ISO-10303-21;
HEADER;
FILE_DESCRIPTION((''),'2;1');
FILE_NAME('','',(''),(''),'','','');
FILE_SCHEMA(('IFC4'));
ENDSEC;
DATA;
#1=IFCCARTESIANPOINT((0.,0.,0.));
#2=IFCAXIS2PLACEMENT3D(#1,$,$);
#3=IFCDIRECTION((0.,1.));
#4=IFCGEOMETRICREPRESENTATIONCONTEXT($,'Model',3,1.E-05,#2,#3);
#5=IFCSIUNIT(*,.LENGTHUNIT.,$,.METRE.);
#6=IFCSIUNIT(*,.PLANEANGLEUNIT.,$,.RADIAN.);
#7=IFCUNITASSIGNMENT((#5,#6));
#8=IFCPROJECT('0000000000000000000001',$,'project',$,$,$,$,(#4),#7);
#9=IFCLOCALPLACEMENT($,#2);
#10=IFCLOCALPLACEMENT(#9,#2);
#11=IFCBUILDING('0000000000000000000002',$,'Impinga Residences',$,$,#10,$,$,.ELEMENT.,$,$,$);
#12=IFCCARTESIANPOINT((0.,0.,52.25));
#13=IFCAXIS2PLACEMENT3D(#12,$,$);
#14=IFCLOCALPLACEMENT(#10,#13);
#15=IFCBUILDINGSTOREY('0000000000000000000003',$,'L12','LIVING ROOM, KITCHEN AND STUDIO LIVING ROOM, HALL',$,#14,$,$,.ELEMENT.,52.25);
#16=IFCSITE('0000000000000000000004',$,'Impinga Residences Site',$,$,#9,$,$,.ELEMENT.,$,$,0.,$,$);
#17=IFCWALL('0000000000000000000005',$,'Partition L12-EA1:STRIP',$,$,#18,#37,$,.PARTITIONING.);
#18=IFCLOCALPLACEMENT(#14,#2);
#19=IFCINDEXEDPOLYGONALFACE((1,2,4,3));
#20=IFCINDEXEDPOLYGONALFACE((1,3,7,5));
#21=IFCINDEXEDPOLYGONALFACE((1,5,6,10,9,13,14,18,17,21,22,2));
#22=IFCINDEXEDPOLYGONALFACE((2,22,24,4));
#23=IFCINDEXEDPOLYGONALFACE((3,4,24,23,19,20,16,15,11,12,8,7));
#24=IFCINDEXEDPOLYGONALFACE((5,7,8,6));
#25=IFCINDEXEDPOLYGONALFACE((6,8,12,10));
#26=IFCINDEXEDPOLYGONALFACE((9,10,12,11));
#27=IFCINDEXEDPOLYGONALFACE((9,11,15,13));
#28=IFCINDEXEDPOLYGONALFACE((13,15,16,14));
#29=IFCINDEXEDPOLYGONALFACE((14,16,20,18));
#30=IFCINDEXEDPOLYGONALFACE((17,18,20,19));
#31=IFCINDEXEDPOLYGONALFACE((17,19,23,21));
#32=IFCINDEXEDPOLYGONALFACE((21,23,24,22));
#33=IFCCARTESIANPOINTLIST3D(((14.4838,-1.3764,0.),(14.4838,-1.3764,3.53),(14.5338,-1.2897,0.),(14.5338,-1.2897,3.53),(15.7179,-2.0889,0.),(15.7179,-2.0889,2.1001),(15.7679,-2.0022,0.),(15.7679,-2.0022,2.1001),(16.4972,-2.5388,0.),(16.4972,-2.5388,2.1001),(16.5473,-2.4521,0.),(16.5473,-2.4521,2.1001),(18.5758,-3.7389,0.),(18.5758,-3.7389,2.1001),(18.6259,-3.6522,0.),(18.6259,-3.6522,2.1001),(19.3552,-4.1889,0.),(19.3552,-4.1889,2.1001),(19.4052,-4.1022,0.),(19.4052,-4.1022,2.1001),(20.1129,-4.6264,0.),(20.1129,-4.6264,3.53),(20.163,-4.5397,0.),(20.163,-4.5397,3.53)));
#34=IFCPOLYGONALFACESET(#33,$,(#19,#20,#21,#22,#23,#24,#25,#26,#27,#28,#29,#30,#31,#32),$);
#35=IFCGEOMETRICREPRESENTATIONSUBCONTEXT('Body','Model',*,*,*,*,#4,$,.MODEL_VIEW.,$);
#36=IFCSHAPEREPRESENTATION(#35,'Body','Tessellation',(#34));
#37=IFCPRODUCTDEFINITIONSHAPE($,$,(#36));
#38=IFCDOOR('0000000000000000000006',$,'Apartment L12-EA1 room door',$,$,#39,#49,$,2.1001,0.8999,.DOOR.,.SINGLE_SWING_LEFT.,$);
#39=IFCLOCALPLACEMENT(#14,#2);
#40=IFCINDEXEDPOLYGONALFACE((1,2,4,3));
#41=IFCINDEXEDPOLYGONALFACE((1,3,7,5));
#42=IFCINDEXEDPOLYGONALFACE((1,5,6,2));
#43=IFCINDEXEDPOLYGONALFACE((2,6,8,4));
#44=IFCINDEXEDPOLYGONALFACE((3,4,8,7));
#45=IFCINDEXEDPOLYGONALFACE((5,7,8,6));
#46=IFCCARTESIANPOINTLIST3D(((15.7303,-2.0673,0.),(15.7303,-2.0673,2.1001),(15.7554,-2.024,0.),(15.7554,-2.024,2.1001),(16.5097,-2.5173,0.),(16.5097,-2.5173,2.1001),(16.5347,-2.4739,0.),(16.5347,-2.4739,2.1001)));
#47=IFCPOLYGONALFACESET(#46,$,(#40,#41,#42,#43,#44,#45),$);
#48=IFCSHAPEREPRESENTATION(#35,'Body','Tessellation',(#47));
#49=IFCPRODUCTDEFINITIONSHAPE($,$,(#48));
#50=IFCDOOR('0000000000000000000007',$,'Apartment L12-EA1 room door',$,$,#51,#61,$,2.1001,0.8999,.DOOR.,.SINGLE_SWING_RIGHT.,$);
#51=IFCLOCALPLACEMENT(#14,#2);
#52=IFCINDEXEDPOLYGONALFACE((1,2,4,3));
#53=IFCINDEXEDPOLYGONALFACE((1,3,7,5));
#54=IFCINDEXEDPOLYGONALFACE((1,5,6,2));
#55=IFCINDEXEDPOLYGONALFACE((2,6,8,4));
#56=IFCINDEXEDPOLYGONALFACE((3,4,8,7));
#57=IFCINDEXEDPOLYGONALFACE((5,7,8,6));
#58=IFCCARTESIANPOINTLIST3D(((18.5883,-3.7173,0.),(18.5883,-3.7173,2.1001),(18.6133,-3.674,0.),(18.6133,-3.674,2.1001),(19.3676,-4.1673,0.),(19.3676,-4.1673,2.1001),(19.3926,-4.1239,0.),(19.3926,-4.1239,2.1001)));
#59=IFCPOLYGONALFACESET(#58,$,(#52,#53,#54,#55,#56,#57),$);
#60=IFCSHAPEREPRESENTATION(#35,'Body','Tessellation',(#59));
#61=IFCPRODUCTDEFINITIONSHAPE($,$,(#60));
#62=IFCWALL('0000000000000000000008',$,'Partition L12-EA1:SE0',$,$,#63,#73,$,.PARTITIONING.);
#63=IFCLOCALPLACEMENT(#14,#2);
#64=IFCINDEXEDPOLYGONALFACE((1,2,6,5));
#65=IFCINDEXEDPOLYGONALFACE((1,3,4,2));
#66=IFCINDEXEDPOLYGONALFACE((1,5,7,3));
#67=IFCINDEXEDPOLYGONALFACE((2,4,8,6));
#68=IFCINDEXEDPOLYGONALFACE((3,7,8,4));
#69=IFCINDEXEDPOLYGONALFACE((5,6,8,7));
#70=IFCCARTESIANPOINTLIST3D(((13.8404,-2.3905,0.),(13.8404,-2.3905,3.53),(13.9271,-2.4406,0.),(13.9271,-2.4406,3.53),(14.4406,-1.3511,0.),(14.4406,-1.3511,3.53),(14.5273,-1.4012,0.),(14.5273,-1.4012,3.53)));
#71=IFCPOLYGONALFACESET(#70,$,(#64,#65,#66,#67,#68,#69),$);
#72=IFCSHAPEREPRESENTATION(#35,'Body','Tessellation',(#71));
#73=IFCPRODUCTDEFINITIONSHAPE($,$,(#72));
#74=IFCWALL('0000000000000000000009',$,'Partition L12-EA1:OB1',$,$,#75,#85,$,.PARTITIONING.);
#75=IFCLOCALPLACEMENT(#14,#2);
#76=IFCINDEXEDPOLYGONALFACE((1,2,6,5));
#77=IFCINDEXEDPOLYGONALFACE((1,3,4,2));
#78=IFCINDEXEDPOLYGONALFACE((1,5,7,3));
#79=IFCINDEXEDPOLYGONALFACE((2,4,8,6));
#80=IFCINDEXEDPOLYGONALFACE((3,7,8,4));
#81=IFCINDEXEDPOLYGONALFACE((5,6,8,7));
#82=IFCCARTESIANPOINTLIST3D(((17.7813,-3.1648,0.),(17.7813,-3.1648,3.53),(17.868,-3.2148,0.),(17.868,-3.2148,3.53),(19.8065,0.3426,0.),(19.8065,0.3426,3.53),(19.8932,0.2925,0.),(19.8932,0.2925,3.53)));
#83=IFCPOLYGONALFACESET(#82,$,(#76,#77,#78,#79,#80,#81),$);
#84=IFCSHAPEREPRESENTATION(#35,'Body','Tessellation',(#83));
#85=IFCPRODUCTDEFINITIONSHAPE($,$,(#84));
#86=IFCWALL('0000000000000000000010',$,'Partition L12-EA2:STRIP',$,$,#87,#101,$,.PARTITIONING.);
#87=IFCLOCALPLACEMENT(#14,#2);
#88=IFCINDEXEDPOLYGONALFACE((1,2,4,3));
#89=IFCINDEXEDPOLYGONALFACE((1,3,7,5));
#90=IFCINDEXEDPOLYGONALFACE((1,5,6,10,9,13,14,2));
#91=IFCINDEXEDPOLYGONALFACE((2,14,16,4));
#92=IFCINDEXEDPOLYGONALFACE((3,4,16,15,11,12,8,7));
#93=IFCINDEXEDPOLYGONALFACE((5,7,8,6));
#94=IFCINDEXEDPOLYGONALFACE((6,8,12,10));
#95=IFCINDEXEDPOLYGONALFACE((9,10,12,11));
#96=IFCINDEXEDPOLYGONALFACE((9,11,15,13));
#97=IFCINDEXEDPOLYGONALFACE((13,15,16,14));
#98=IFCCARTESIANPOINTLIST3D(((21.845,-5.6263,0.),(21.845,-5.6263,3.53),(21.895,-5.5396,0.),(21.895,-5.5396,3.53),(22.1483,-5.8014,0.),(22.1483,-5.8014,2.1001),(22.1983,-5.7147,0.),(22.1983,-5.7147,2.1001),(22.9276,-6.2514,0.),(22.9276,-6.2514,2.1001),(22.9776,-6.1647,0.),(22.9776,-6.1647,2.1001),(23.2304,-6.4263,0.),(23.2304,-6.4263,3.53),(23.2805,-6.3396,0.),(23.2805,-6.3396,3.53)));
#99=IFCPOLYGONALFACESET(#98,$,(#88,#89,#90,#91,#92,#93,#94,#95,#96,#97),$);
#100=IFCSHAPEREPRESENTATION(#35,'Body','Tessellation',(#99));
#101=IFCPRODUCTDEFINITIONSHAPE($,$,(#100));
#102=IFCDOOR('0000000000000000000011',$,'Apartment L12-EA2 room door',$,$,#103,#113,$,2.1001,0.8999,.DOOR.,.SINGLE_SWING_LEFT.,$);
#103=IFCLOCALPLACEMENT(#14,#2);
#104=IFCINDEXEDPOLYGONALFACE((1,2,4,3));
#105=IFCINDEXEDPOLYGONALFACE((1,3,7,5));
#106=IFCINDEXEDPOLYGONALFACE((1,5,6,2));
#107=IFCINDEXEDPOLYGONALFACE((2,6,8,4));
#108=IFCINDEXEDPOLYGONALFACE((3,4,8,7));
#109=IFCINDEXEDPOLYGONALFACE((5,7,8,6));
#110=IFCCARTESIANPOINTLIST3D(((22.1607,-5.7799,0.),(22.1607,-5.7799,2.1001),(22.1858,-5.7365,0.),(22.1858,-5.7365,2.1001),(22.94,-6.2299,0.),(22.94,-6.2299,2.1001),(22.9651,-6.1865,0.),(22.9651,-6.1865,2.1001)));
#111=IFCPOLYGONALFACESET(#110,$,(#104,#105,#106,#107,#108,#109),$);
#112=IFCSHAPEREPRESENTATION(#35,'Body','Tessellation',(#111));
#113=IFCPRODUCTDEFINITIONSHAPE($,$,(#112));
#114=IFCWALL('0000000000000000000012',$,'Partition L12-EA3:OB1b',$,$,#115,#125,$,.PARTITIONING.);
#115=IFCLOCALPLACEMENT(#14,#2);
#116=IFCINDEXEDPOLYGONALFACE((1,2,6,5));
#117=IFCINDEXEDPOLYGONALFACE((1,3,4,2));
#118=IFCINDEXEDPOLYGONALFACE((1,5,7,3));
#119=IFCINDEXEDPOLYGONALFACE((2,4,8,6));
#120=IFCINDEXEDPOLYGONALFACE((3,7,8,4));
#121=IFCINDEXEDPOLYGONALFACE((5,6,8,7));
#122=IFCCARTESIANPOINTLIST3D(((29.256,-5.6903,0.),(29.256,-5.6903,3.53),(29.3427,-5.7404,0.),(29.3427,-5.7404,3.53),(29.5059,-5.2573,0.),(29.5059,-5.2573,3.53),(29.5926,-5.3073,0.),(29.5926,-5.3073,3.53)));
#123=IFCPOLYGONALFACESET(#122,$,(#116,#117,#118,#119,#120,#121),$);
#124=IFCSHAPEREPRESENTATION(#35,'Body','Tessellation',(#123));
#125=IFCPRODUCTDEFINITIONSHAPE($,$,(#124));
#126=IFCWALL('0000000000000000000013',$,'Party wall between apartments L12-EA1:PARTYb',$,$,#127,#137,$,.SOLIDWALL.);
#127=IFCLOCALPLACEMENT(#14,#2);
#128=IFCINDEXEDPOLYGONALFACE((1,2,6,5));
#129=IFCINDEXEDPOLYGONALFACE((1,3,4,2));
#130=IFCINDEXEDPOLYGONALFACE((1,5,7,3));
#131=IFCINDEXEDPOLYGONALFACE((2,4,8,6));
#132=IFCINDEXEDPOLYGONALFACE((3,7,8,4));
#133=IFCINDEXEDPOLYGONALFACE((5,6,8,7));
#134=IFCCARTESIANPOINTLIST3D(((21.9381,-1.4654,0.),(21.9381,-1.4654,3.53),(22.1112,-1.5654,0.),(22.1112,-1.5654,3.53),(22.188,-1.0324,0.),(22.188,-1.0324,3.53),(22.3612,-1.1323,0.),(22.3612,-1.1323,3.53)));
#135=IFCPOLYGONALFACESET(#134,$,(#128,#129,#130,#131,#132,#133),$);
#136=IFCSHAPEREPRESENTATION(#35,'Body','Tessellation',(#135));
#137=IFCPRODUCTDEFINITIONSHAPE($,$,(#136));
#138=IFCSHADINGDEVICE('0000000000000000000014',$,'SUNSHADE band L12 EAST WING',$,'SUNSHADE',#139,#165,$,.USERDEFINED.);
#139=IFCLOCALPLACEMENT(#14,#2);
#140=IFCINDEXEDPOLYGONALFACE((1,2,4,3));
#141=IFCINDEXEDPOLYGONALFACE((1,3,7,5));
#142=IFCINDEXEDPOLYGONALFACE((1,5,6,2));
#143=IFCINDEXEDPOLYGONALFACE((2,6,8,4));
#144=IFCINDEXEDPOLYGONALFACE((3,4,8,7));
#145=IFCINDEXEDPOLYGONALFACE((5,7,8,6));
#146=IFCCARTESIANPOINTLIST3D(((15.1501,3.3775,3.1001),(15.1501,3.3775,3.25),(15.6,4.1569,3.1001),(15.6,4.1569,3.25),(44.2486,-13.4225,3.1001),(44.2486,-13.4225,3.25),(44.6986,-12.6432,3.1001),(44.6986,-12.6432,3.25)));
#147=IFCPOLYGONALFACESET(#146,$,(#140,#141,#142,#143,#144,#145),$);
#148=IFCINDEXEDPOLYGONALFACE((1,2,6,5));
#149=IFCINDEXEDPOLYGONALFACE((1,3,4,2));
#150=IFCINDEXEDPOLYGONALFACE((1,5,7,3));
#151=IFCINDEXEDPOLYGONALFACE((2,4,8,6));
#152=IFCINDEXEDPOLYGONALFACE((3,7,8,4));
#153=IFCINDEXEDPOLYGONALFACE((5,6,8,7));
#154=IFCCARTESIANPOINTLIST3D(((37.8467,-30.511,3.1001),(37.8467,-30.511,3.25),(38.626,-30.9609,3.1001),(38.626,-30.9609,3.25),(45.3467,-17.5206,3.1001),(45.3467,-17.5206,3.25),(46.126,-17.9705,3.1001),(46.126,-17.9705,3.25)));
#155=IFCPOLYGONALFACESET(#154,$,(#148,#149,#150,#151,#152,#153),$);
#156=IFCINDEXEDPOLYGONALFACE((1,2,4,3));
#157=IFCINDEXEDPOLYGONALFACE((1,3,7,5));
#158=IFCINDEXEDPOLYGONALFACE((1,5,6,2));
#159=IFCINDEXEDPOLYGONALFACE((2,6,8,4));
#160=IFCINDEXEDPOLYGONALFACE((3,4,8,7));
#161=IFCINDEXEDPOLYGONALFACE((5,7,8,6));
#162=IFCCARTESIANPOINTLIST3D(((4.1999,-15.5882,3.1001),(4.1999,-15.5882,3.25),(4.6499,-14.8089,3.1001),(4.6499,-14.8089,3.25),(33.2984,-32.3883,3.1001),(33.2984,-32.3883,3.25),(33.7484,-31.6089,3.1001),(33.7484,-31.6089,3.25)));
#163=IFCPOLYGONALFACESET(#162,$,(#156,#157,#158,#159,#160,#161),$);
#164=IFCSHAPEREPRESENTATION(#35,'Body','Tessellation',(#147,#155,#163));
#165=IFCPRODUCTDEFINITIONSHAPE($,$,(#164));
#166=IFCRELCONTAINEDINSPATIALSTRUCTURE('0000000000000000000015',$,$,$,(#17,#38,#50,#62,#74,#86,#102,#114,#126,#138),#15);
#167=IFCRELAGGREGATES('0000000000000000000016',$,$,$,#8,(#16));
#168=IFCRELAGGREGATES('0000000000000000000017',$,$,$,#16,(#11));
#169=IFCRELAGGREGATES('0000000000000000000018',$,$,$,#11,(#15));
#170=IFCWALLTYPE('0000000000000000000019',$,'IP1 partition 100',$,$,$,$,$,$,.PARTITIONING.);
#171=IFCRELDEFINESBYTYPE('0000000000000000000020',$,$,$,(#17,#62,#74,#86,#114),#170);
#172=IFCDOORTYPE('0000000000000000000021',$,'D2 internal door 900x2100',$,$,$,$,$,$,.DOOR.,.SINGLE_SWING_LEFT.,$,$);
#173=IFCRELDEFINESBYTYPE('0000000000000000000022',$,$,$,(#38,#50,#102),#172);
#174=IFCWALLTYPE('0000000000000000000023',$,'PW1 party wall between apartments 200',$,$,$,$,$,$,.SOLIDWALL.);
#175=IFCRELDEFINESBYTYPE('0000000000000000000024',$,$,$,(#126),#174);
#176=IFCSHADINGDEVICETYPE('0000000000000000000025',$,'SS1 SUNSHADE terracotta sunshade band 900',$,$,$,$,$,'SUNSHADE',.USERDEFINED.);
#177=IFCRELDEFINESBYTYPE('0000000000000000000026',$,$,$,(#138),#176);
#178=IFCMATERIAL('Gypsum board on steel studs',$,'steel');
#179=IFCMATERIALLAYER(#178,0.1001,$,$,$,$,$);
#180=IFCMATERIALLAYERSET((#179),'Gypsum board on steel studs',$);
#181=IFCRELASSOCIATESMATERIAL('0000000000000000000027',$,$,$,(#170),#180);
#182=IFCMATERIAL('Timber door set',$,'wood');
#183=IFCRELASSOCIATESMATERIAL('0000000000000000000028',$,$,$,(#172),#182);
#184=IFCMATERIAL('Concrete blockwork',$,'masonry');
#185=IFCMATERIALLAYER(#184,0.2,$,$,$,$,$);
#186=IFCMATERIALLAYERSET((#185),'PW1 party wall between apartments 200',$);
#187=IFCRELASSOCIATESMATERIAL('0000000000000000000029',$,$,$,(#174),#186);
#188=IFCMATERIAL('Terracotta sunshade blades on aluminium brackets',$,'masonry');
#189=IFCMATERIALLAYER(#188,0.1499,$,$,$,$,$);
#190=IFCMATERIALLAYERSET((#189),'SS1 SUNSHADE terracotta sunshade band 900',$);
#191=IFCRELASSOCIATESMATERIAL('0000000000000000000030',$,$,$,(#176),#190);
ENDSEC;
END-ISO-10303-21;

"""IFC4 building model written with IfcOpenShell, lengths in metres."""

from ifc_helpers import new_model, si_unit, direction, frame, frame_2d, origin, origin_2d, place, context, subcontext, project, spatial, rectangle, extrude, material, layer, layer_set, type_object, element, fill, save


model = new_model("IFC4")

# Units and contexts
model_context = context("Model", 3, precision=1e-05, world=origin(), true_north=direction((0.0, 1.0)))
body_context = subcontext(model_context, "Body", "Model", "MODEL_VIEW")
ifc_project = project(units=[si_unit("LENGTHUNIT", "METRE"), si_unit("PLANEANGLEUNIT", "RADIAN")], contexts=[model_context])

# Site, building, storey
site_placement = place(None, origin())
site = spatial("IfcSite", under=ifc_project, at=site_placement, Name="Impinga Residences Site", CompositionType="ELEMENT", RefElevation=0.0)
building_placement = place(site_placement, origin())
building = spatial("IfcBuilding", under=site, at=building_placement, Name="Impinga Residences", CompositionType="ELEMENT")
storey_placement = place(building_placement, frame((0.0, 0.0, 52.25)))
storey = spatial("IfcBuildingStorey", under=building, at=storey_placement, Name="L12", Description="LIVING ROOM, KITCHEN AND STUDIO LIVING ROOM, HALL", CompositionType="ELEMENT", Elevation=52.25)

# Shared definitions
ifc_material_1 = material(Name="Gypsum board on steel studs", Category="steel")
ifc_layer_1 = layer(ifc_material_1, 0.1001)
ifc_layer_set_1 = layer_set([ifc_layer_1], Name="Gypsum board on steel studs")
wall_type_1 = type_object("IfcWallType", Name="IP1 partition 100", PredefinedType="PARTITIONING", material=ifc_layer_set_1)

# Wall, openings, doors
wall_1_placement = place(storey_placement, frame((14.5088, -1.333, 0.0), z_axis=(0.0, 0.0, 1.0), x_axis=(0.866025, -0.500001, 0.0)))
wall_1 = element("IfcWall", 1, at=wall_1_placement, inside=storey, type_object=wall_type_1, Name="Partition L12-EA1:STRIP", PredefinedType="PARTITIONING", context=body_context, shape_type="SweptSolid", body=[
    extrude(rectangle(XDim=6.5, YDim=0.1001, at=frame_2d((3.25, 0.0))), origin(), (0.0, 0.0, 1.0), 3.53),
])
opening_1_placement = place(wall_1_placement, frame((1.425, 0.0, 0.0)))
opening_1 = element("IfcOpeningElement", 2, at=opening_1_placement, cuts=wall_1, PredefinedType="OPENING", context=body_context, shape_type="SweptSolid", body=[
    extrude(rectangle(XDim=0.8999, YDim=2.1001, at=frame_2d((0.45, 1.05))), frame((0.0, 0.0601, 0.0), z_axis=(0.0, -1.0, 0.0), x_axis=(1.0, 0.0, 0.0)), (0.0, 0.0, 1.0), 0.1201),
])
opening_2_placement = place(wall_1_placement, frame((4.7251, 0.0, 0.0)))
opening_2 = element("IfcOpeningElement", 3, at=opening_2_placement, cuts=wall_1, PredefinedType="OPENING", context=body_context, shape_type="SweptSolid", body=[
    extrude(rectangle(XDim=0.8999, YDim=2.1001, at=frame_2d((0.45, 1.05))), frame((0.0, 0.0601, 0.0), z_axis=(0.0, -1.0, 0.0), x_axis=(1.0, 0.0, 0.0)), (0.0, 0.0, 1.0), 0.1201),
])
ifc_material_2 = material(Name="Timber door set", Category="wood")
door_type = type_object("IfcDoorType", Name="D2 internal door 900x2100", OperationType="SINGLE_SWING_LEFT", PredefinedType="DOOR", material=ifc_material_2)
door_1_placement = place(opening_1_placement, origin())
door_1 = element("IfcDoor", 4, at=door_1_placement, inside=storey, type_object=door_type, Name="Apartment L12-EA1 room door", OperationType="SINGLE_SWING_LEFT", OverallHeight=2.1001, OverallWidth=0.8999, PredefinedType="DOOR", context=body_context, shape_type="SweptSolid", body=[
    extrude(rectangle(XDim=0.8999, YDim=2.1001, at=frame_2d((0.45, 1.05))), frame((0.0, 0.0249, 0.0), z_axis=(0.0, -1.0, 0.0), x_axis=(1.0, 0.0, 0.0)), (0.0, 0.0, 1.0), 0.05),
])
fill(opening_1, door_1)
door_2_placement = place(opening_2_placement, origin())
door_2 = element("IfcDoor", 5, at=door_2_placement, inside=storey, type_object=door_type, Name="Apartment L12-EA1 room door", OperationType="SINGLE_SWING_RIGHT", OverallHeight=2.1001, OverallWidth=0.8999, PredefinedType="DOOR", context=body_context, shape_type="SweptSolid", body=[
    extrude(rectangle(XDim=0.8999, YDim=2.1001, at=frame_2d((0.45, 1.05))), frame((0.0, 0.0249, 0.0), z_axis=(0.0, -1.0, 0.0), x_axis=(1.0, 0.0, 0.0)), (0.0, 0.0, 1.0), 0.05),
])
fill(opening_2, door_2)

# Walls
wall_2_placement = place(storey_placement, frame((13.8838, -2.4155, 0.0), z_axis=(0.0, 0.0, 1.0), x_axis=(0.500034, 0.866006, 0.0)))
element("IfcWall", 6, at=wall_2_placement, inside=storey, type_object=wall_type_1, Name="Partition L12-EA1:SE0", PredefinedType="PARTITIONING", context=body_context, shape_type="SweptSolid", body=[
    extrude(rectangle(XDim=1.2002, YDim=0.1001, at=frame_2d((0.6001, 0.0))), origin(), (0.0, 0.0, 1.0), 3.53),
])
wall_3_placement = place(storey_placement, frame((17.8247, -3.1897, 0.0), z_axis=(0.0, 0.0, 1.0), x_axis=(0.500036, 0.866005, 0.0)))
element("IfcWall", 7, at=wall_3_placement, inside=storey, type_object=wall_type_1, Name="Partition L12-EA1:OB1", PredefinedType="PARTITIONING", context=body_context, shape_type="SweptSolid", body=[
    extrude(rectangle(XDim=4.05, YDim=0.1001, at=frame_2d((2.0249, 0.0))), origin(), (0.0, 0.0, 1.0), 3.53),
])

# Wall, opening, door
wall_4_placement = place(storey_placement, frame((21.8701, -5.583, 0.0), z_axis=(0.0, 0.0, 1.0), x_axis=(0.86599, -0.500061, 0.0)))
wall_4 = element("IfcWall", 8, at=wall_4_placement, inside=storey, type_object=wall_type_1, Name="Partition L12-EA2:STRIP", PredefinedType="PARTITIONING", context=body_context, shape_type="SweptSolid", body=[
    extrude(rectangle(XDim=1.5999, YDim=0.1001, at=frame_2d((0.7998, 0.0))), origin(), (0.0, 0.0, 1.0), 3.53),
])
opening_3_placement = place(wall_4_placement, frame((0.3501, 0.0, 0.0)))
opening_3 = element("IfcOpeningElement", 9, at=opening_3_placement, cuts=wall_4, PredefinedType="OPENING", context=body_context, shape_type="SweptSolid", body=[
    extrude(rectangle(XDim=0.8999, YDim=2.1001, at=frame_2d((0.45, 1.05))), frame((0.0, 0.0601, 0.0), z_axis=(0.0, -1.0, 0.0), x_axis=(1.0, 0.0, 0.0)), (0.0, 0.0, 1.0), 0.1201),
])
door_3_placement = place(opening_3_placement, origin())
door_3 = element("IfcDoor", 10, at=door_3_placement, inside=storey, type_object=door_type, Name="Apartment L12-EA2 room door", OperationType="SINGLE_SWING_LEFT", OverallHeight=2.1001, OverallWidth=0.8999, PredefinedType="DOOR", context=body_context, shape_type="SweptSolid", body=[
    extrude(rectangle(XDim=0.8999, YDim=2.1001, at=frame_2d((0.45, 1.05))), frame((0.0, 0.0249, 0.0), z_axis=(0.0, -1.0, 0.0), x_axis=(1.0, 0.0, 0.0)), (0.0, 0.0, 1.0), 0.05),
])
fill(opening_3, door_3)

# Walls
wall_5_placement = place(storey_placement, frame((29.2993, -5.7153, 0.0), z_axis=(0.0, 0.0, 1.0), x_axis=(0.49992, 0.866072, 0.0)))
element("IfcWall", 11, at=wall_5_placement, inside=storey, type_object=wall_type_1, Name="Partition L12-EA3:OB1b", PredefinedType="PARTITIONING", context=body_context, shape_type="SweptSolid", body=[
    extrude(rectangle(XDim=0.5, YDim=0.1001, at=frame_2d((0.25, 0.0))), origin(), (0.0, 0.0, 1.0), 3.53),
])
ifc_material_3 = material(Name="Concrete blockwork", Category="masonry")
ifc_layer_2 = layer(ifc_material_3, 0.2)
ifc_layer_set_2 = layer_set([ifc_layer_2], Name="PW1 party wall between apartments 200")
wall_type_2 = type_object("IfcWallType", Name="PW1 party wall between apartments 200", PredefinedType="SOLIDWALL", material=ifc_layer_set_2)
wall_6_placement = place(storey_placement, frame((22.0247, -1.5154, 0.0), z_axis=(0.0, 0.0, 1.0), x_axis=(0.49992, 0.866072, 0.0)))
element("IfcWall", 12, at=wall_6_placement, inside=storey, type_object=wall_type_2, Name="Party wall between apartments L12-EA1:PARTYb", PredefinedType="SOLIDWALL", context=body_context, shape_type="SweptSolid", body=[
    extrude(rectangle(XDim=0.5, YDim=0.2, at=frame_2d((0.25, 0.0))), origin(), (0.0, 0.0, 1.0), 3.53),
])

# Shading device
ifc_material_4 = material(Name="Terracotta sunshade blades on aluminium brackets", Category="masonry")
ifc_layer_3 = layer(ifc_material_4, 0.1499)
ifc_layer_set_3 = layer_set([ifc_layer_3], Name="SS1 SUNSHADE terracotta sunshade band 900")
shading_device_type = type_object("IfcShadingDeviceType", Name="SS1 SUNSHADE terracotta sunshade band 900", ElementType="SUNSHADE", PredefinedType="USERDEFINED", material=ifc_layer_set_3)
shading_device_placement = place(storey_placement, frame((29.9243, -4.6328, 3.1001), z_axis=(0.0, 0.0, 1.0), x_axis=(0.866025, -0.5, 0.0)))
element("IfcShadingDevice", 13, at=shading_device_placement, inside=storey, type_object=shading_device_type, Name="SUNSHADE band L12 EAST WING", ObjectType="SUNSHADE", PredefinedType="USERDEFINED", context=body_context, shape_type="SweptSolid", body=[
    extrude(rectangle(XDim=33.6001, YDim=0.8999, at=origin_2d()), origin(), (0.0, 0.0, 1.0), 0.1499),
    extrude(rectangle(XDim=15.0, YDim=0.8999, at=origin_2d()), frame((20.25, -10.95, 0.0), z_axis=(0.0, 0.0, 1.0), x_axis=(0.0, -1.0, 0.0)), (0.0, 0.0, 1.0), 0.1499),
    extrude(rectangle(XDim=33.6001, YDim=0.8999, at=origin_2d()), frame((-0.0002, -21.8999, 0.0), z_axis=(0.0, 0.0, 1.0), x_axis=(-1.0, 0.0, 0.0)), (0.0, 0.0, 1.0), 0.1499),
])

save(model, "model.ifc")
